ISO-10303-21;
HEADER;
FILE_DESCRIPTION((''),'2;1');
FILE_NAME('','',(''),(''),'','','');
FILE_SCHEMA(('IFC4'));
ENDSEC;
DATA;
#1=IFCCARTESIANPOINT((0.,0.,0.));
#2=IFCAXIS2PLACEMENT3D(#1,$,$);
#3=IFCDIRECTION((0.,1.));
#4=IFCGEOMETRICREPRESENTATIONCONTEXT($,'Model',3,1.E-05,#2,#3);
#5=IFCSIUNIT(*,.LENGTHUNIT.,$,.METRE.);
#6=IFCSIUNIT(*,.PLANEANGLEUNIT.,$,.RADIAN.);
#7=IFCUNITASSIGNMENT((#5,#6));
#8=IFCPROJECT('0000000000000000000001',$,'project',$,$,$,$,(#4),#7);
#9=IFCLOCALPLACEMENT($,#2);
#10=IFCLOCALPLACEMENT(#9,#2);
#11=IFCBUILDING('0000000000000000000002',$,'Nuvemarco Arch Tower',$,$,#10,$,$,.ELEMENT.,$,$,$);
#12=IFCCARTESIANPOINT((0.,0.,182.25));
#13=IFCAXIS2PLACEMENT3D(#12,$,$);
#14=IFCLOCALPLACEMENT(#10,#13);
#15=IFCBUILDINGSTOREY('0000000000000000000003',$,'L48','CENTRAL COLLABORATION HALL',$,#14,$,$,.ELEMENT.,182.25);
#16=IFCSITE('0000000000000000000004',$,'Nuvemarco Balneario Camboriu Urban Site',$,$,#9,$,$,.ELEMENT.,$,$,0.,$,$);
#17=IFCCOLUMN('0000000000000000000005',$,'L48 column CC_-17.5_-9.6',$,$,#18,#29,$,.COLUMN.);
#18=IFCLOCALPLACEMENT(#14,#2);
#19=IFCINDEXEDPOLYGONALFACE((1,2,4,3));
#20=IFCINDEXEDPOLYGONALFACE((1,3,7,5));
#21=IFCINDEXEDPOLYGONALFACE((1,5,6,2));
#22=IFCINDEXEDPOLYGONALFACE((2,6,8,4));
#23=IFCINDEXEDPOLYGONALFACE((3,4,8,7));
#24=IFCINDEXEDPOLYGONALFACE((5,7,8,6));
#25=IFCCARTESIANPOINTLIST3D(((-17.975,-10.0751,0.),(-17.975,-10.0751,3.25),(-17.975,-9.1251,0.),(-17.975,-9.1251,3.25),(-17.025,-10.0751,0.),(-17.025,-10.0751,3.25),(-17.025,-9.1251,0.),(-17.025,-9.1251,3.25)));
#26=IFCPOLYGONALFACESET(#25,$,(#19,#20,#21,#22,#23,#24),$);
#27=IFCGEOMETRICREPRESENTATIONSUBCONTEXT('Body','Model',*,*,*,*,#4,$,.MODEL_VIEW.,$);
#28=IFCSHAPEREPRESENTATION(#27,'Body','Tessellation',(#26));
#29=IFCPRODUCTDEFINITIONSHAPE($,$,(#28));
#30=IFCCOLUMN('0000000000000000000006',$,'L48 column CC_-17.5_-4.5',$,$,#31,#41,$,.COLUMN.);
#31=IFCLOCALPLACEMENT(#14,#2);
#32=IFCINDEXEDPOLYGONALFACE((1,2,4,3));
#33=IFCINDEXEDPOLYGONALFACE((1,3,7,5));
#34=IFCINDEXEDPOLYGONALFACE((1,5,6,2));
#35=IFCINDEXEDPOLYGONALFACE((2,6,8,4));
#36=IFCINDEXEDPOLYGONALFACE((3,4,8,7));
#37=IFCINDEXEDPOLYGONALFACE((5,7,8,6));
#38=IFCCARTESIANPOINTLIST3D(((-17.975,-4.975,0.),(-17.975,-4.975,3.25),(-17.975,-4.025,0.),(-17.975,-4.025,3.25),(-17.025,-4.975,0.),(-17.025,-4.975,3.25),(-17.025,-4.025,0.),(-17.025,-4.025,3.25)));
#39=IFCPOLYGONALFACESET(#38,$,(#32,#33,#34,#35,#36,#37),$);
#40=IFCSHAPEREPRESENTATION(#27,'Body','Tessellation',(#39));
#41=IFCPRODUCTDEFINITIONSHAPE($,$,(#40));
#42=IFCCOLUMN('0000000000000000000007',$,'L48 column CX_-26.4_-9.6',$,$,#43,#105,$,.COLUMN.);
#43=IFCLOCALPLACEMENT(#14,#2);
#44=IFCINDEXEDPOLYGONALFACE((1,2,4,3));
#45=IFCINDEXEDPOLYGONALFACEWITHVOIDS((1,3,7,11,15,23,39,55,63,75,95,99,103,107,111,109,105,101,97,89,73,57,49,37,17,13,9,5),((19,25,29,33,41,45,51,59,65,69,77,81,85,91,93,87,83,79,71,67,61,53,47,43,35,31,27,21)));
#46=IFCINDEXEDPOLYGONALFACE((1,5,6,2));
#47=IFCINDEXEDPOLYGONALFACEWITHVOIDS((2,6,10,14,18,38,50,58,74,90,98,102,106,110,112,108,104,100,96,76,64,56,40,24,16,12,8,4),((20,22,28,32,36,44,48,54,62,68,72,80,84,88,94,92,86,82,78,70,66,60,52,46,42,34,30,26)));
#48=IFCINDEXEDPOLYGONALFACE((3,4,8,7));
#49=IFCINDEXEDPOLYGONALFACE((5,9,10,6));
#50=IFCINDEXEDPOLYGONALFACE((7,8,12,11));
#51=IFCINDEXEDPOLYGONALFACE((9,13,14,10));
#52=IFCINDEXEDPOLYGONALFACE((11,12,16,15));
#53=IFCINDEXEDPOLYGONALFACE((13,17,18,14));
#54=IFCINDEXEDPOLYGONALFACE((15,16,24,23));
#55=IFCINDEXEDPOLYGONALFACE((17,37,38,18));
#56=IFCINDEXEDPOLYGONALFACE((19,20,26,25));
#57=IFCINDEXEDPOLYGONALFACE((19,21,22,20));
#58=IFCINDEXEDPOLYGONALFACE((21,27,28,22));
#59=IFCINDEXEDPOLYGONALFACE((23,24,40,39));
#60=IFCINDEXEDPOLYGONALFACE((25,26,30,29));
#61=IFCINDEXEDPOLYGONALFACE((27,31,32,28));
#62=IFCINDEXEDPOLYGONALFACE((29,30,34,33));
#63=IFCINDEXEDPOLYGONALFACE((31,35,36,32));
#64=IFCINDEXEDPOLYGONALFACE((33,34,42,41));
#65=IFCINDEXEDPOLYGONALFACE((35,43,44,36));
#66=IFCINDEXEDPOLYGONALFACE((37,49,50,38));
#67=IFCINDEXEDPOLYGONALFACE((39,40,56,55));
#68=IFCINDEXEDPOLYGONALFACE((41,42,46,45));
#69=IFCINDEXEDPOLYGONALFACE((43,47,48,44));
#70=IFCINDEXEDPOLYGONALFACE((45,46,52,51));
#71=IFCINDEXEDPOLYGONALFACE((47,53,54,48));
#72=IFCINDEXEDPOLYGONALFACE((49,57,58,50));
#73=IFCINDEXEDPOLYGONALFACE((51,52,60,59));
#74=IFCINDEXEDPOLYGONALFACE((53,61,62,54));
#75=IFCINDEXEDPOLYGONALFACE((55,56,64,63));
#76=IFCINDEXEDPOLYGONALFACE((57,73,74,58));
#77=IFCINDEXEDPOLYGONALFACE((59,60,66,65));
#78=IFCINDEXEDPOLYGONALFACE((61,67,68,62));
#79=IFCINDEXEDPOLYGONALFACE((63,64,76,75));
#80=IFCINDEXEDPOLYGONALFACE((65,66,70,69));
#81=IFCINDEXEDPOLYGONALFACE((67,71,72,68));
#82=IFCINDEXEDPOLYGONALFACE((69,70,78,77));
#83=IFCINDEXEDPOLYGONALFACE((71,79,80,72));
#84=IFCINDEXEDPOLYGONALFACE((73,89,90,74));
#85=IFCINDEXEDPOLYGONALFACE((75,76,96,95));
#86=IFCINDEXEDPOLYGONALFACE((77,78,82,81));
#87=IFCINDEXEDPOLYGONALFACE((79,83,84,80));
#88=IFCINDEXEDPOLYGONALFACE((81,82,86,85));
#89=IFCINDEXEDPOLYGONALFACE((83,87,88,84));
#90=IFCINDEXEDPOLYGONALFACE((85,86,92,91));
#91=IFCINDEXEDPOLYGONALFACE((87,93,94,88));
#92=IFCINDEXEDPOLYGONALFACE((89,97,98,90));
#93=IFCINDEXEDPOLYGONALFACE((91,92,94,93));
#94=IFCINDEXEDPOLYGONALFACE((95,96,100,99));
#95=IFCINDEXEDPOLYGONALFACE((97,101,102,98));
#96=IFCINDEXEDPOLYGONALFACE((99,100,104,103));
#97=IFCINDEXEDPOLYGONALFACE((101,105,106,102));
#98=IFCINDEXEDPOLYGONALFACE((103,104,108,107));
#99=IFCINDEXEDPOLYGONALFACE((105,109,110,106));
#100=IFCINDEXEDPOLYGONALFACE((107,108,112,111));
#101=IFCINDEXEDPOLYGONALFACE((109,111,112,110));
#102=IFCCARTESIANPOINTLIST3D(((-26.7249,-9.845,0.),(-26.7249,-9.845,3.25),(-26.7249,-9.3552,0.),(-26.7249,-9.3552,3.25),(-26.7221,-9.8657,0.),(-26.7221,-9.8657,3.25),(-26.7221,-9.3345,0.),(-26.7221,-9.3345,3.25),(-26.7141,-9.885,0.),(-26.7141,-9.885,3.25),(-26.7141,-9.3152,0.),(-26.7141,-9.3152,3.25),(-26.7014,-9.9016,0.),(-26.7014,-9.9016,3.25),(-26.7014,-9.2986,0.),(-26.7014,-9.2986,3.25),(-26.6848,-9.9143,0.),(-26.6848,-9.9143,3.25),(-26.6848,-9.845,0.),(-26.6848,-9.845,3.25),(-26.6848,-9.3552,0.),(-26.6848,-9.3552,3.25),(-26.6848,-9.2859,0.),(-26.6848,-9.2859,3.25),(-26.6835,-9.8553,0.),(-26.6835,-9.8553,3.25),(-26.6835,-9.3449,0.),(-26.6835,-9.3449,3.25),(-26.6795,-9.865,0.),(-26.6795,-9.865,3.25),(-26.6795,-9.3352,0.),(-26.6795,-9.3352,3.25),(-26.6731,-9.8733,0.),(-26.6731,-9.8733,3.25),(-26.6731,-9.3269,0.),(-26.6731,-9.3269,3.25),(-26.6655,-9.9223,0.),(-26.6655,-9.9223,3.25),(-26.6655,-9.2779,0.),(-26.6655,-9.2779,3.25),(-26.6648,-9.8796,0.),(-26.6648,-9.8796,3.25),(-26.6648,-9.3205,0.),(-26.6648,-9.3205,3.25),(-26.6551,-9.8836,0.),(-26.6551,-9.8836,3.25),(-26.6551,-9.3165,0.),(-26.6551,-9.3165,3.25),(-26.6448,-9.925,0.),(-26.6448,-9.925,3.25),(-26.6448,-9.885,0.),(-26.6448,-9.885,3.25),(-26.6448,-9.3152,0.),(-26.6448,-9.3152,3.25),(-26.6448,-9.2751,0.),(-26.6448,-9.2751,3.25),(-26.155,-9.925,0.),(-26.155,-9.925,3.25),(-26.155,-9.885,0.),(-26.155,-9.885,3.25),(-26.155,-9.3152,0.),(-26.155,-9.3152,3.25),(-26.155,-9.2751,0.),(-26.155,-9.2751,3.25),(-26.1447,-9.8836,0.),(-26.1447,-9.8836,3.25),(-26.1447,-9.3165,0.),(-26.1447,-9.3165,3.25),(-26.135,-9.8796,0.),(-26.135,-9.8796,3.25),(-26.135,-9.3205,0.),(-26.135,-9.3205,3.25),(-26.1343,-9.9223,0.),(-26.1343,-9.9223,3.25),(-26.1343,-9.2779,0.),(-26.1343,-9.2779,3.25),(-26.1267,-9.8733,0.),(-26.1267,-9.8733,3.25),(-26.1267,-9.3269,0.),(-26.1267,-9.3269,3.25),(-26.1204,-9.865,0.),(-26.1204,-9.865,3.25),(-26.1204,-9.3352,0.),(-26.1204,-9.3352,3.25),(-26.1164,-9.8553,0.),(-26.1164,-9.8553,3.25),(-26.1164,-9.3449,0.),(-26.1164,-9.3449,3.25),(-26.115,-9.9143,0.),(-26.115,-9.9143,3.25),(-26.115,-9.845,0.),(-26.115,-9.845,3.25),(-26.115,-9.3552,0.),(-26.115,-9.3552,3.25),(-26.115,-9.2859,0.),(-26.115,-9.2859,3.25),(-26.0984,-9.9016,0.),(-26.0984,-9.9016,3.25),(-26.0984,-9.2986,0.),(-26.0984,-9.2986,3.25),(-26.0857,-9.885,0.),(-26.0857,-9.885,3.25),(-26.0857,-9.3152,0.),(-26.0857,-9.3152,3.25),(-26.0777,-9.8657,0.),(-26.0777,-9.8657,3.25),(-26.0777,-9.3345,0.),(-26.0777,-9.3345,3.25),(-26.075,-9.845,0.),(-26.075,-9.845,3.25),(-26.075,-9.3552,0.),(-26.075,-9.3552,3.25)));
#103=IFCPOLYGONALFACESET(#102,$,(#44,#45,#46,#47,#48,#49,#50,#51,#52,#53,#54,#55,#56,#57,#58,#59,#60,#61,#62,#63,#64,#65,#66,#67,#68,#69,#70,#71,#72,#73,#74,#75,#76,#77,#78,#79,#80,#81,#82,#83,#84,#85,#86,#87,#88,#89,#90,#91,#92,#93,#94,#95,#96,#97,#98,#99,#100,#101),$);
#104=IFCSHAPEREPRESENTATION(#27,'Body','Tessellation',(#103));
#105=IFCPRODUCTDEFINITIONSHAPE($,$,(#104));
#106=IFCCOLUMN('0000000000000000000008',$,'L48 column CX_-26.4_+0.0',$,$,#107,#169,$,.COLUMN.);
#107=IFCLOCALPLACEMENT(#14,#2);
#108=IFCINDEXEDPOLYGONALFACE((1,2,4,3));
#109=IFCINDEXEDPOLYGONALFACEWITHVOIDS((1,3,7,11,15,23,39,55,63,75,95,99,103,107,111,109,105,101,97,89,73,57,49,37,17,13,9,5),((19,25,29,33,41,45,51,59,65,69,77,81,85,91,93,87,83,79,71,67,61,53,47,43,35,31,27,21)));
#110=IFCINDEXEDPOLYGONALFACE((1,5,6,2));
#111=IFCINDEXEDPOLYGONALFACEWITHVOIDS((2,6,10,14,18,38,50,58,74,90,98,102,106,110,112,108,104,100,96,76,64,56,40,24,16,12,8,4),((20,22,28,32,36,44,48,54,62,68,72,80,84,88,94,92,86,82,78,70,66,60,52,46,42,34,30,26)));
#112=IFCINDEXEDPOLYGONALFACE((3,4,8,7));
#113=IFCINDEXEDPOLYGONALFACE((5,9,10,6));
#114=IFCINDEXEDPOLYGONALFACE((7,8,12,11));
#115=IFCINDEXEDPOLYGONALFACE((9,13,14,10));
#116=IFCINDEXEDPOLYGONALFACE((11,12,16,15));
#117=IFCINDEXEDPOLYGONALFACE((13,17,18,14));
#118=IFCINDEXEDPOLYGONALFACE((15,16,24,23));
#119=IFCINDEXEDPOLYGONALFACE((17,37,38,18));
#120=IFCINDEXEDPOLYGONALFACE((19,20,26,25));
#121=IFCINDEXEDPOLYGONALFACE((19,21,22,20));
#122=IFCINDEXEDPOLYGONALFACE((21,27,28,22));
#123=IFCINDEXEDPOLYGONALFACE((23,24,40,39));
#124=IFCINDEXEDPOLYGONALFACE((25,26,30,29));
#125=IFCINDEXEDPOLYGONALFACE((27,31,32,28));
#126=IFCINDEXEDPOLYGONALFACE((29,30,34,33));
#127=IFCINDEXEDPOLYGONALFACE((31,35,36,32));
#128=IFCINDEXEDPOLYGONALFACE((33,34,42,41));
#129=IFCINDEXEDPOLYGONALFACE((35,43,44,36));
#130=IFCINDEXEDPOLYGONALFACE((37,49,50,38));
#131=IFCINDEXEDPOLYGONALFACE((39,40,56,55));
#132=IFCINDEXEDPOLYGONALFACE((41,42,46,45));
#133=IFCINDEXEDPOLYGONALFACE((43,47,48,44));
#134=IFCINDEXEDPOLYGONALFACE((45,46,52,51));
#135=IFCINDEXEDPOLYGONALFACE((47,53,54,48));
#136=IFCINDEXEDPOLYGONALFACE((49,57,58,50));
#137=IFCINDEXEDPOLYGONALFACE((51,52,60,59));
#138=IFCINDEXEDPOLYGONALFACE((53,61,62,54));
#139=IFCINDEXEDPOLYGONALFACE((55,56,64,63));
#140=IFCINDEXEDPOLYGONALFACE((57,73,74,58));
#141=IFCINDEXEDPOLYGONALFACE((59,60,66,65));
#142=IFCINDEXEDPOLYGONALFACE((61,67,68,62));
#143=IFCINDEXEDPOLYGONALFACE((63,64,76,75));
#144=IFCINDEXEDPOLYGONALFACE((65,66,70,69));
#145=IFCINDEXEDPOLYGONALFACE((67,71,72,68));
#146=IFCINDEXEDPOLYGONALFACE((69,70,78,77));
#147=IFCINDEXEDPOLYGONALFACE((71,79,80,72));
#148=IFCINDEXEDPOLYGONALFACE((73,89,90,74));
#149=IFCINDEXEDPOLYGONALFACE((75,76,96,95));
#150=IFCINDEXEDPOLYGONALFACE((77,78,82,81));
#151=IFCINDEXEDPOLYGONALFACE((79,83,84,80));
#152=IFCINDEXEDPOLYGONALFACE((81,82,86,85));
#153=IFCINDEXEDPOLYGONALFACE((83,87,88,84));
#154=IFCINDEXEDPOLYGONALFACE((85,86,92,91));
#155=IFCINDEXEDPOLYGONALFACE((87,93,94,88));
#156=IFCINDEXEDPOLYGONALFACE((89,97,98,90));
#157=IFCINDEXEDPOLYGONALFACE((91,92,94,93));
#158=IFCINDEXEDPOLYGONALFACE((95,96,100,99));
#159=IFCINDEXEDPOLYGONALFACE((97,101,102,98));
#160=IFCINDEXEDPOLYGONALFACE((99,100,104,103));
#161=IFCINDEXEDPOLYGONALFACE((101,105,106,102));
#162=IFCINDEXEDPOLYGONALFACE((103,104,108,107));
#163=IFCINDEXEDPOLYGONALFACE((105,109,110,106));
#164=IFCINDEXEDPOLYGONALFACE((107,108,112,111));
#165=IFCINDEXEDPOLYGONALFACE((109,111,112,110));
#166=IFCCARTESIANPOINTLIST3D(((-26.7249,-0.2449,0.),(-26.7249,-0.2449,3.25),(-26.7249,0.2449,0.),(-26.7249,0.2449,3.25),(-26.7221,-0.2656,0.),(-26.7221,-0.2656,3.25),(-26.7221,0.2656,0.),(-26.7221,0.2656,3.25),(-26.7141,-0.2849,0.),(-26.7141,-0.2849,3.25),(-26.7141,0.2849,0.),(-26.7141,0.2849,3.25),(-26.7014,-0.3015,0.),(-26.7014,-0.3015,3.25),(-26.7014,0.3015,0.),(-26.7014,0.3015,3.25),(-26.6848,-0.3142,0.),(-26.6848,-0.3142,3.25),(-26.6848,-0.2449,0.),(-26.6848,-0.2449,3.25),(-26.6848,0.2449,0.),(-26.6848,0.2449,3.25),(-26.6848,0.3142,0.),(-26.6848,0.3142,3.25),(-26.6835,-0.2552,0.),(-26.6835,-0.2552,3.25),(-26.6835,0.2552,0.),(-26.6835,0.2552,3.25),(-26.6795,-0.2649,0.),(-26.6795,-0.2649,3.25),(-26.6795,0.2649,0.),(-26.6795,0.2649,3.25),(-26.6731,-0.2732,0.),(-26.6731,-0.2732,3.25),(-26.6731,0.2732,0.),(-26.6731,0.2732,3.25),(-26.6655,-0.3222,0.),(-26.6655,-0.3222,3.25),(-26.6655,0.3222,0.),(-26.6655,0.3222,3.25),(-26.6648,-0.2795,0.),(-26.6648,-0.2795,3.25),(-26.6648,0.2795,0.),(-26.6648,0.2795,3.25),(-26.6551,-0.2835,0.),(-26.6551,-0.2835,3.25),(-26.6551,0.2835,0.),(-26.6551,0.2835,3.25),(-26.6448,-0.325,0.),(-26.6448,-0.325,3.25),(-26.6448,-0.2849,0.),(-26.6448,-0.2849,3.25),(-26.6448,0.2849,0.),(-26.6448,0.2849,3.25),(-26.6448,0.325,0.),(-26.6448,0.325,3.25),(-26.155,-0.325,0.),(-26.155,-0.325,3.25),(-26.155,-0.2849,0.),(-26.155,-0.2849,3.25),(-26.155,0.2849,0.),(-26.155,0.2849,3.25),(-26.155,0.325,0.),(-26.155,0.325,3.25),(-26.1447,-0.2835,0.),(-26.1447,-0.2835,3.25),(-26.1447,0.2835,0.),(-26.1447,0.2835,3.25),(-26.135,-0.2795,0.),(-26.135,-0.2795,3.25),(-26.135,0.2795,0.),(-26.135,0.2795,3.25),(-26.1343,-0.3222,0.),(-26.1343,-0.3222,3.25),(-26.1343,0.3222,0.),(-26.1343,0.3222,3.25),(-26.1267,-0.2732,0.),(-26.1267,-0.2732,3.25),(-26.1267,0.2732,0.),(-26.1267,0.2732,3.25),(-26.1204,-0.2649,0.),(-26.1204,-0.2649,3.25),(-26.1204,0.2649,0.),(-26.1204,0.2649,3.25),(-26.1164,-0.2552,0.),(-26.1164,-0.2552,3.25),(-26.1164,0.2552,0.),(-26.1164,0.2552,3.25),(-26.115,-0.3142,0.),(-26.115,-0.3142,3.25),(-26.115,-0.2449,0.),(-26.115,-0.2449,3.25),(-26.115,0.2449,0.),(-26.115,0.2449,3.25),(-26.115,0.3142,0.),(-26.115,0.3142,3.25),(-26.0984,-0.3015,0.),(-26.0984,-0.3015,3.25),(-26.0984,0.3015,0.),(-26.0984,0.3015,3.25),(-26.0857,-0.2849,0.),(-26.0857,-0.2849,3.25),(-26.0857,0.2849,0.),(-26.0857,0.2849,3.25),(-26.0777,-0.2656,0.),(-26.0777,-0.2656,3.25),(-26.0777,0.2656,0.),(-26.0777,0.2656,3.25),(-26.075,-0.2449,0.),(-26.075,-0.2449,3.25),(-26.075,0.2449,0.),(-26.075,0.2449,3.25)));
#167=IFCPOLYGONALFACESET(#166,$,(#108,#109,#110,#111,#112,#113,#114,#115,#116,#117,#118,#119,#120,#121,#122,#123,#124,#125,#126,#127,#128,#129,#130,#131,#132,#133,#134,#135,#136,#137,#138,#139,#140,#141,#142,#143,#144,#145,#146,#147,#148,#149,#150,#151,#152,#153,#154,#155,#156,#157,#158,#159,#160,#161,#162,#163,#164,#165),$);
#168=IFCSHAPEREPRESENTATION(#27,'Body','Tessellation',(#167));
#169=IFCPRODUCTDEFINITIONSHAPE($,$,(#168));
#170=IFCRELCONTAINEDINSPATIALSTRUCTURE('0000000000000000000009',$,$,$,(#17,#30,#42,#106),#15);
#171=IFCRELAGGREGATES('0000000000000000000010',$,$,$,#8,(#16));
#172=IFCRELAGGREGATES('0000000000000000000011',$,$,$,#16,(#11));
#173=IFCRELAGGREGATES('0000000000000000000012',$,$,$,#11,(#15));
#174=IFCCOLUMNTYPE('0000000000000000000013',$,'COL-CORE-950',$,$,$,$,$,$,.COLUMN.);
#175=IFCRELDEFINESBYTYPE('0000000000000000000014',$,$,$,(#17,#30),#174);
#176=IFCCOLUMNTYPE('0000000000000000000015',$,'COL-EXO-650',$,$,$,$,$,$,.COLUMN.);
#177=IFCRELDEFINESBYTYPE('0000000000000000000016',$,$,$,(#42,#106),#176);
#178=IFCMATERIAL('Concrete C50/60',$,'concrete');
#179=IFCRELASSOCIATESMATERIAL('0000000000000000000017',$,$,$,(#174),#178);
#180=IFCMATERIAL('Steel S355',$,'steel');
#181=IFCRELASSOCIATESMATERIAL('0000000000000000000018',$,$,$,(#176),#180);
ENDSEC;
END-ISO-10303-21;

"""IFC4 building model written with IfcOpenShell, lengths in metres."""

from ifc_helpers import new_model, si_unit, direction, frame, origin, origin_2d, place, context, subcontext, project, spatial, rectangle, hollow_rectangle, extrude, material, material_profile, profile_set, type_object, element, save


model = new_model("IFC4")

# Units and contexts
model_context = context("Model", 3, precision=1e-05, world=origin(), true_north=direction((0.0, 1.0)))
body_context = subcontext(model_context, "Body", "Model", "MODEL_VIEW")
ifc_project = project(units=[si_unit("LENGTHUNIT", "METRE"), si_unit("PLANEANGLEUNIT", "RADIAN")], contexts=[model_context])

# Site, building, storey
site_placement = place(None, origin())
site = spatial("IfcSite", under=ifc_project, at=site_placement, Name="Nuvemarco Balneario Camboriu Urban Site", CompositionType="ELEMENT", RefElevation=0.0)
building_placement = place(site_placement, origin())
building = spatial("IfcBuilding", under=site, at=building_placement, Name="Nuvemarco Arch Tower", CompositionType="ELEMENT")
storey_placement = place(building_placement, frame((0.0, 0.0, 182.25)))
storey = spatial("IfcBuildingStorey", under=building, at=storey_placement, Name="L48", Description="CENTRAL COLLABORATION HALL", CompositionType="ELEMENT", Elevation=182.25)

# Columns
ifc_material_1 = material(Name="Concrete C50/60", Category="concrete")
ifc_material_profile_1 = material_profile(ifc_material_1, rectangle(XDim=0.95, YDim=0.95, at=origin_2d()), Name="RC-COL-950x950")
ifc_profile_set_1 = profile_set([ifc_material_profile_1], Name="Concrete C50/60")
column_type_1 = type_object("IfcColumnType", Name="COL-CORE-950", PredefinedType="COLUMN", material=ifc_profile_set_1)
for number, where, z_axis, x_axis, name in (
    (1, (-17.5, -9.6001, 0.0), (0.0, 0.0, 1.0), (1.0, 0.0, 0.0), "L48 column CC_-17.5_-9.6"),
    (2, (-17.5, -4.5, 0.0), (0.0, 0.0, 1.0), (1.0, 0.0, 0.0), "L48 column CC_-17.5_-4.5"),
):
    element("IfcColumn", number, at=place(storey_placement, frame(where, z_axis=z_axis, x_axis=x_axis)), inside=storey, type_object=column_type_1, Name=name, PredefinedType="COLUMN", context=body_context, shape_type="SweptSolid", body=[
        extrude(rectangle(XDim=0.95, YDim=0.95, at=origin_2d()), origin(), (0.0, 0.0, 1.0), 3.25),
    ])
ifc_material_2 = material(Name="Steel S355", Category="steel")
ifc_material_profile_2 = material_profile(ifc_material_2, hollow_rectangle(XDim=0.6499, YDim=0.6499, WallThickness=0.04, InnerFilletRadius=0.04, OuterFilletRadius=0.0801, at=origin_2d()), Name="SHS650x650x40")
ifc_profile_set_2 = profile_set([ifc_material_profile_2], Name="Steel S355")
column_type_2 = type_object("IfcColumnType", Name="COL-EXO-650", PredefinedType="COLUMN", material=ifc_profile_set_2)
for number, where, z_axis, x_axis, name in (
    (3, (-26.3999, -9.6001, 0.0), (0.0, 0.0, 1.0), (1.0, 0.0, 0.0), "L48 column CX_-26.4_-9.6"),
    (4, (-26.3999, 0.0, 0.0), (0.0, 0.0, 1.0), (1.0, 0.0, 0.0), "L48 column CX_-26.4_+0.0"),
):
    element("IfcColumn", number, at=place(storey_placement, frame(where, z_axis=z_axis, x_axis=x_axis)), inside=storey, type_object=column_type_2, Name=name, PredefinedType="COLUMN", context=body_context, shape_type="SweptSolid", body=[
        extrude(hollow_rectangle(XDim=0.6499, YDim=0.6499, WallThickness=0.04, InnerFilletRadius=0.04, OuterFilletRadius=0.0801, at=origin_2d()), origin(), (0.0, 0.0, 1.0), 3.25),
    ])

save(model, "model.ifc")
